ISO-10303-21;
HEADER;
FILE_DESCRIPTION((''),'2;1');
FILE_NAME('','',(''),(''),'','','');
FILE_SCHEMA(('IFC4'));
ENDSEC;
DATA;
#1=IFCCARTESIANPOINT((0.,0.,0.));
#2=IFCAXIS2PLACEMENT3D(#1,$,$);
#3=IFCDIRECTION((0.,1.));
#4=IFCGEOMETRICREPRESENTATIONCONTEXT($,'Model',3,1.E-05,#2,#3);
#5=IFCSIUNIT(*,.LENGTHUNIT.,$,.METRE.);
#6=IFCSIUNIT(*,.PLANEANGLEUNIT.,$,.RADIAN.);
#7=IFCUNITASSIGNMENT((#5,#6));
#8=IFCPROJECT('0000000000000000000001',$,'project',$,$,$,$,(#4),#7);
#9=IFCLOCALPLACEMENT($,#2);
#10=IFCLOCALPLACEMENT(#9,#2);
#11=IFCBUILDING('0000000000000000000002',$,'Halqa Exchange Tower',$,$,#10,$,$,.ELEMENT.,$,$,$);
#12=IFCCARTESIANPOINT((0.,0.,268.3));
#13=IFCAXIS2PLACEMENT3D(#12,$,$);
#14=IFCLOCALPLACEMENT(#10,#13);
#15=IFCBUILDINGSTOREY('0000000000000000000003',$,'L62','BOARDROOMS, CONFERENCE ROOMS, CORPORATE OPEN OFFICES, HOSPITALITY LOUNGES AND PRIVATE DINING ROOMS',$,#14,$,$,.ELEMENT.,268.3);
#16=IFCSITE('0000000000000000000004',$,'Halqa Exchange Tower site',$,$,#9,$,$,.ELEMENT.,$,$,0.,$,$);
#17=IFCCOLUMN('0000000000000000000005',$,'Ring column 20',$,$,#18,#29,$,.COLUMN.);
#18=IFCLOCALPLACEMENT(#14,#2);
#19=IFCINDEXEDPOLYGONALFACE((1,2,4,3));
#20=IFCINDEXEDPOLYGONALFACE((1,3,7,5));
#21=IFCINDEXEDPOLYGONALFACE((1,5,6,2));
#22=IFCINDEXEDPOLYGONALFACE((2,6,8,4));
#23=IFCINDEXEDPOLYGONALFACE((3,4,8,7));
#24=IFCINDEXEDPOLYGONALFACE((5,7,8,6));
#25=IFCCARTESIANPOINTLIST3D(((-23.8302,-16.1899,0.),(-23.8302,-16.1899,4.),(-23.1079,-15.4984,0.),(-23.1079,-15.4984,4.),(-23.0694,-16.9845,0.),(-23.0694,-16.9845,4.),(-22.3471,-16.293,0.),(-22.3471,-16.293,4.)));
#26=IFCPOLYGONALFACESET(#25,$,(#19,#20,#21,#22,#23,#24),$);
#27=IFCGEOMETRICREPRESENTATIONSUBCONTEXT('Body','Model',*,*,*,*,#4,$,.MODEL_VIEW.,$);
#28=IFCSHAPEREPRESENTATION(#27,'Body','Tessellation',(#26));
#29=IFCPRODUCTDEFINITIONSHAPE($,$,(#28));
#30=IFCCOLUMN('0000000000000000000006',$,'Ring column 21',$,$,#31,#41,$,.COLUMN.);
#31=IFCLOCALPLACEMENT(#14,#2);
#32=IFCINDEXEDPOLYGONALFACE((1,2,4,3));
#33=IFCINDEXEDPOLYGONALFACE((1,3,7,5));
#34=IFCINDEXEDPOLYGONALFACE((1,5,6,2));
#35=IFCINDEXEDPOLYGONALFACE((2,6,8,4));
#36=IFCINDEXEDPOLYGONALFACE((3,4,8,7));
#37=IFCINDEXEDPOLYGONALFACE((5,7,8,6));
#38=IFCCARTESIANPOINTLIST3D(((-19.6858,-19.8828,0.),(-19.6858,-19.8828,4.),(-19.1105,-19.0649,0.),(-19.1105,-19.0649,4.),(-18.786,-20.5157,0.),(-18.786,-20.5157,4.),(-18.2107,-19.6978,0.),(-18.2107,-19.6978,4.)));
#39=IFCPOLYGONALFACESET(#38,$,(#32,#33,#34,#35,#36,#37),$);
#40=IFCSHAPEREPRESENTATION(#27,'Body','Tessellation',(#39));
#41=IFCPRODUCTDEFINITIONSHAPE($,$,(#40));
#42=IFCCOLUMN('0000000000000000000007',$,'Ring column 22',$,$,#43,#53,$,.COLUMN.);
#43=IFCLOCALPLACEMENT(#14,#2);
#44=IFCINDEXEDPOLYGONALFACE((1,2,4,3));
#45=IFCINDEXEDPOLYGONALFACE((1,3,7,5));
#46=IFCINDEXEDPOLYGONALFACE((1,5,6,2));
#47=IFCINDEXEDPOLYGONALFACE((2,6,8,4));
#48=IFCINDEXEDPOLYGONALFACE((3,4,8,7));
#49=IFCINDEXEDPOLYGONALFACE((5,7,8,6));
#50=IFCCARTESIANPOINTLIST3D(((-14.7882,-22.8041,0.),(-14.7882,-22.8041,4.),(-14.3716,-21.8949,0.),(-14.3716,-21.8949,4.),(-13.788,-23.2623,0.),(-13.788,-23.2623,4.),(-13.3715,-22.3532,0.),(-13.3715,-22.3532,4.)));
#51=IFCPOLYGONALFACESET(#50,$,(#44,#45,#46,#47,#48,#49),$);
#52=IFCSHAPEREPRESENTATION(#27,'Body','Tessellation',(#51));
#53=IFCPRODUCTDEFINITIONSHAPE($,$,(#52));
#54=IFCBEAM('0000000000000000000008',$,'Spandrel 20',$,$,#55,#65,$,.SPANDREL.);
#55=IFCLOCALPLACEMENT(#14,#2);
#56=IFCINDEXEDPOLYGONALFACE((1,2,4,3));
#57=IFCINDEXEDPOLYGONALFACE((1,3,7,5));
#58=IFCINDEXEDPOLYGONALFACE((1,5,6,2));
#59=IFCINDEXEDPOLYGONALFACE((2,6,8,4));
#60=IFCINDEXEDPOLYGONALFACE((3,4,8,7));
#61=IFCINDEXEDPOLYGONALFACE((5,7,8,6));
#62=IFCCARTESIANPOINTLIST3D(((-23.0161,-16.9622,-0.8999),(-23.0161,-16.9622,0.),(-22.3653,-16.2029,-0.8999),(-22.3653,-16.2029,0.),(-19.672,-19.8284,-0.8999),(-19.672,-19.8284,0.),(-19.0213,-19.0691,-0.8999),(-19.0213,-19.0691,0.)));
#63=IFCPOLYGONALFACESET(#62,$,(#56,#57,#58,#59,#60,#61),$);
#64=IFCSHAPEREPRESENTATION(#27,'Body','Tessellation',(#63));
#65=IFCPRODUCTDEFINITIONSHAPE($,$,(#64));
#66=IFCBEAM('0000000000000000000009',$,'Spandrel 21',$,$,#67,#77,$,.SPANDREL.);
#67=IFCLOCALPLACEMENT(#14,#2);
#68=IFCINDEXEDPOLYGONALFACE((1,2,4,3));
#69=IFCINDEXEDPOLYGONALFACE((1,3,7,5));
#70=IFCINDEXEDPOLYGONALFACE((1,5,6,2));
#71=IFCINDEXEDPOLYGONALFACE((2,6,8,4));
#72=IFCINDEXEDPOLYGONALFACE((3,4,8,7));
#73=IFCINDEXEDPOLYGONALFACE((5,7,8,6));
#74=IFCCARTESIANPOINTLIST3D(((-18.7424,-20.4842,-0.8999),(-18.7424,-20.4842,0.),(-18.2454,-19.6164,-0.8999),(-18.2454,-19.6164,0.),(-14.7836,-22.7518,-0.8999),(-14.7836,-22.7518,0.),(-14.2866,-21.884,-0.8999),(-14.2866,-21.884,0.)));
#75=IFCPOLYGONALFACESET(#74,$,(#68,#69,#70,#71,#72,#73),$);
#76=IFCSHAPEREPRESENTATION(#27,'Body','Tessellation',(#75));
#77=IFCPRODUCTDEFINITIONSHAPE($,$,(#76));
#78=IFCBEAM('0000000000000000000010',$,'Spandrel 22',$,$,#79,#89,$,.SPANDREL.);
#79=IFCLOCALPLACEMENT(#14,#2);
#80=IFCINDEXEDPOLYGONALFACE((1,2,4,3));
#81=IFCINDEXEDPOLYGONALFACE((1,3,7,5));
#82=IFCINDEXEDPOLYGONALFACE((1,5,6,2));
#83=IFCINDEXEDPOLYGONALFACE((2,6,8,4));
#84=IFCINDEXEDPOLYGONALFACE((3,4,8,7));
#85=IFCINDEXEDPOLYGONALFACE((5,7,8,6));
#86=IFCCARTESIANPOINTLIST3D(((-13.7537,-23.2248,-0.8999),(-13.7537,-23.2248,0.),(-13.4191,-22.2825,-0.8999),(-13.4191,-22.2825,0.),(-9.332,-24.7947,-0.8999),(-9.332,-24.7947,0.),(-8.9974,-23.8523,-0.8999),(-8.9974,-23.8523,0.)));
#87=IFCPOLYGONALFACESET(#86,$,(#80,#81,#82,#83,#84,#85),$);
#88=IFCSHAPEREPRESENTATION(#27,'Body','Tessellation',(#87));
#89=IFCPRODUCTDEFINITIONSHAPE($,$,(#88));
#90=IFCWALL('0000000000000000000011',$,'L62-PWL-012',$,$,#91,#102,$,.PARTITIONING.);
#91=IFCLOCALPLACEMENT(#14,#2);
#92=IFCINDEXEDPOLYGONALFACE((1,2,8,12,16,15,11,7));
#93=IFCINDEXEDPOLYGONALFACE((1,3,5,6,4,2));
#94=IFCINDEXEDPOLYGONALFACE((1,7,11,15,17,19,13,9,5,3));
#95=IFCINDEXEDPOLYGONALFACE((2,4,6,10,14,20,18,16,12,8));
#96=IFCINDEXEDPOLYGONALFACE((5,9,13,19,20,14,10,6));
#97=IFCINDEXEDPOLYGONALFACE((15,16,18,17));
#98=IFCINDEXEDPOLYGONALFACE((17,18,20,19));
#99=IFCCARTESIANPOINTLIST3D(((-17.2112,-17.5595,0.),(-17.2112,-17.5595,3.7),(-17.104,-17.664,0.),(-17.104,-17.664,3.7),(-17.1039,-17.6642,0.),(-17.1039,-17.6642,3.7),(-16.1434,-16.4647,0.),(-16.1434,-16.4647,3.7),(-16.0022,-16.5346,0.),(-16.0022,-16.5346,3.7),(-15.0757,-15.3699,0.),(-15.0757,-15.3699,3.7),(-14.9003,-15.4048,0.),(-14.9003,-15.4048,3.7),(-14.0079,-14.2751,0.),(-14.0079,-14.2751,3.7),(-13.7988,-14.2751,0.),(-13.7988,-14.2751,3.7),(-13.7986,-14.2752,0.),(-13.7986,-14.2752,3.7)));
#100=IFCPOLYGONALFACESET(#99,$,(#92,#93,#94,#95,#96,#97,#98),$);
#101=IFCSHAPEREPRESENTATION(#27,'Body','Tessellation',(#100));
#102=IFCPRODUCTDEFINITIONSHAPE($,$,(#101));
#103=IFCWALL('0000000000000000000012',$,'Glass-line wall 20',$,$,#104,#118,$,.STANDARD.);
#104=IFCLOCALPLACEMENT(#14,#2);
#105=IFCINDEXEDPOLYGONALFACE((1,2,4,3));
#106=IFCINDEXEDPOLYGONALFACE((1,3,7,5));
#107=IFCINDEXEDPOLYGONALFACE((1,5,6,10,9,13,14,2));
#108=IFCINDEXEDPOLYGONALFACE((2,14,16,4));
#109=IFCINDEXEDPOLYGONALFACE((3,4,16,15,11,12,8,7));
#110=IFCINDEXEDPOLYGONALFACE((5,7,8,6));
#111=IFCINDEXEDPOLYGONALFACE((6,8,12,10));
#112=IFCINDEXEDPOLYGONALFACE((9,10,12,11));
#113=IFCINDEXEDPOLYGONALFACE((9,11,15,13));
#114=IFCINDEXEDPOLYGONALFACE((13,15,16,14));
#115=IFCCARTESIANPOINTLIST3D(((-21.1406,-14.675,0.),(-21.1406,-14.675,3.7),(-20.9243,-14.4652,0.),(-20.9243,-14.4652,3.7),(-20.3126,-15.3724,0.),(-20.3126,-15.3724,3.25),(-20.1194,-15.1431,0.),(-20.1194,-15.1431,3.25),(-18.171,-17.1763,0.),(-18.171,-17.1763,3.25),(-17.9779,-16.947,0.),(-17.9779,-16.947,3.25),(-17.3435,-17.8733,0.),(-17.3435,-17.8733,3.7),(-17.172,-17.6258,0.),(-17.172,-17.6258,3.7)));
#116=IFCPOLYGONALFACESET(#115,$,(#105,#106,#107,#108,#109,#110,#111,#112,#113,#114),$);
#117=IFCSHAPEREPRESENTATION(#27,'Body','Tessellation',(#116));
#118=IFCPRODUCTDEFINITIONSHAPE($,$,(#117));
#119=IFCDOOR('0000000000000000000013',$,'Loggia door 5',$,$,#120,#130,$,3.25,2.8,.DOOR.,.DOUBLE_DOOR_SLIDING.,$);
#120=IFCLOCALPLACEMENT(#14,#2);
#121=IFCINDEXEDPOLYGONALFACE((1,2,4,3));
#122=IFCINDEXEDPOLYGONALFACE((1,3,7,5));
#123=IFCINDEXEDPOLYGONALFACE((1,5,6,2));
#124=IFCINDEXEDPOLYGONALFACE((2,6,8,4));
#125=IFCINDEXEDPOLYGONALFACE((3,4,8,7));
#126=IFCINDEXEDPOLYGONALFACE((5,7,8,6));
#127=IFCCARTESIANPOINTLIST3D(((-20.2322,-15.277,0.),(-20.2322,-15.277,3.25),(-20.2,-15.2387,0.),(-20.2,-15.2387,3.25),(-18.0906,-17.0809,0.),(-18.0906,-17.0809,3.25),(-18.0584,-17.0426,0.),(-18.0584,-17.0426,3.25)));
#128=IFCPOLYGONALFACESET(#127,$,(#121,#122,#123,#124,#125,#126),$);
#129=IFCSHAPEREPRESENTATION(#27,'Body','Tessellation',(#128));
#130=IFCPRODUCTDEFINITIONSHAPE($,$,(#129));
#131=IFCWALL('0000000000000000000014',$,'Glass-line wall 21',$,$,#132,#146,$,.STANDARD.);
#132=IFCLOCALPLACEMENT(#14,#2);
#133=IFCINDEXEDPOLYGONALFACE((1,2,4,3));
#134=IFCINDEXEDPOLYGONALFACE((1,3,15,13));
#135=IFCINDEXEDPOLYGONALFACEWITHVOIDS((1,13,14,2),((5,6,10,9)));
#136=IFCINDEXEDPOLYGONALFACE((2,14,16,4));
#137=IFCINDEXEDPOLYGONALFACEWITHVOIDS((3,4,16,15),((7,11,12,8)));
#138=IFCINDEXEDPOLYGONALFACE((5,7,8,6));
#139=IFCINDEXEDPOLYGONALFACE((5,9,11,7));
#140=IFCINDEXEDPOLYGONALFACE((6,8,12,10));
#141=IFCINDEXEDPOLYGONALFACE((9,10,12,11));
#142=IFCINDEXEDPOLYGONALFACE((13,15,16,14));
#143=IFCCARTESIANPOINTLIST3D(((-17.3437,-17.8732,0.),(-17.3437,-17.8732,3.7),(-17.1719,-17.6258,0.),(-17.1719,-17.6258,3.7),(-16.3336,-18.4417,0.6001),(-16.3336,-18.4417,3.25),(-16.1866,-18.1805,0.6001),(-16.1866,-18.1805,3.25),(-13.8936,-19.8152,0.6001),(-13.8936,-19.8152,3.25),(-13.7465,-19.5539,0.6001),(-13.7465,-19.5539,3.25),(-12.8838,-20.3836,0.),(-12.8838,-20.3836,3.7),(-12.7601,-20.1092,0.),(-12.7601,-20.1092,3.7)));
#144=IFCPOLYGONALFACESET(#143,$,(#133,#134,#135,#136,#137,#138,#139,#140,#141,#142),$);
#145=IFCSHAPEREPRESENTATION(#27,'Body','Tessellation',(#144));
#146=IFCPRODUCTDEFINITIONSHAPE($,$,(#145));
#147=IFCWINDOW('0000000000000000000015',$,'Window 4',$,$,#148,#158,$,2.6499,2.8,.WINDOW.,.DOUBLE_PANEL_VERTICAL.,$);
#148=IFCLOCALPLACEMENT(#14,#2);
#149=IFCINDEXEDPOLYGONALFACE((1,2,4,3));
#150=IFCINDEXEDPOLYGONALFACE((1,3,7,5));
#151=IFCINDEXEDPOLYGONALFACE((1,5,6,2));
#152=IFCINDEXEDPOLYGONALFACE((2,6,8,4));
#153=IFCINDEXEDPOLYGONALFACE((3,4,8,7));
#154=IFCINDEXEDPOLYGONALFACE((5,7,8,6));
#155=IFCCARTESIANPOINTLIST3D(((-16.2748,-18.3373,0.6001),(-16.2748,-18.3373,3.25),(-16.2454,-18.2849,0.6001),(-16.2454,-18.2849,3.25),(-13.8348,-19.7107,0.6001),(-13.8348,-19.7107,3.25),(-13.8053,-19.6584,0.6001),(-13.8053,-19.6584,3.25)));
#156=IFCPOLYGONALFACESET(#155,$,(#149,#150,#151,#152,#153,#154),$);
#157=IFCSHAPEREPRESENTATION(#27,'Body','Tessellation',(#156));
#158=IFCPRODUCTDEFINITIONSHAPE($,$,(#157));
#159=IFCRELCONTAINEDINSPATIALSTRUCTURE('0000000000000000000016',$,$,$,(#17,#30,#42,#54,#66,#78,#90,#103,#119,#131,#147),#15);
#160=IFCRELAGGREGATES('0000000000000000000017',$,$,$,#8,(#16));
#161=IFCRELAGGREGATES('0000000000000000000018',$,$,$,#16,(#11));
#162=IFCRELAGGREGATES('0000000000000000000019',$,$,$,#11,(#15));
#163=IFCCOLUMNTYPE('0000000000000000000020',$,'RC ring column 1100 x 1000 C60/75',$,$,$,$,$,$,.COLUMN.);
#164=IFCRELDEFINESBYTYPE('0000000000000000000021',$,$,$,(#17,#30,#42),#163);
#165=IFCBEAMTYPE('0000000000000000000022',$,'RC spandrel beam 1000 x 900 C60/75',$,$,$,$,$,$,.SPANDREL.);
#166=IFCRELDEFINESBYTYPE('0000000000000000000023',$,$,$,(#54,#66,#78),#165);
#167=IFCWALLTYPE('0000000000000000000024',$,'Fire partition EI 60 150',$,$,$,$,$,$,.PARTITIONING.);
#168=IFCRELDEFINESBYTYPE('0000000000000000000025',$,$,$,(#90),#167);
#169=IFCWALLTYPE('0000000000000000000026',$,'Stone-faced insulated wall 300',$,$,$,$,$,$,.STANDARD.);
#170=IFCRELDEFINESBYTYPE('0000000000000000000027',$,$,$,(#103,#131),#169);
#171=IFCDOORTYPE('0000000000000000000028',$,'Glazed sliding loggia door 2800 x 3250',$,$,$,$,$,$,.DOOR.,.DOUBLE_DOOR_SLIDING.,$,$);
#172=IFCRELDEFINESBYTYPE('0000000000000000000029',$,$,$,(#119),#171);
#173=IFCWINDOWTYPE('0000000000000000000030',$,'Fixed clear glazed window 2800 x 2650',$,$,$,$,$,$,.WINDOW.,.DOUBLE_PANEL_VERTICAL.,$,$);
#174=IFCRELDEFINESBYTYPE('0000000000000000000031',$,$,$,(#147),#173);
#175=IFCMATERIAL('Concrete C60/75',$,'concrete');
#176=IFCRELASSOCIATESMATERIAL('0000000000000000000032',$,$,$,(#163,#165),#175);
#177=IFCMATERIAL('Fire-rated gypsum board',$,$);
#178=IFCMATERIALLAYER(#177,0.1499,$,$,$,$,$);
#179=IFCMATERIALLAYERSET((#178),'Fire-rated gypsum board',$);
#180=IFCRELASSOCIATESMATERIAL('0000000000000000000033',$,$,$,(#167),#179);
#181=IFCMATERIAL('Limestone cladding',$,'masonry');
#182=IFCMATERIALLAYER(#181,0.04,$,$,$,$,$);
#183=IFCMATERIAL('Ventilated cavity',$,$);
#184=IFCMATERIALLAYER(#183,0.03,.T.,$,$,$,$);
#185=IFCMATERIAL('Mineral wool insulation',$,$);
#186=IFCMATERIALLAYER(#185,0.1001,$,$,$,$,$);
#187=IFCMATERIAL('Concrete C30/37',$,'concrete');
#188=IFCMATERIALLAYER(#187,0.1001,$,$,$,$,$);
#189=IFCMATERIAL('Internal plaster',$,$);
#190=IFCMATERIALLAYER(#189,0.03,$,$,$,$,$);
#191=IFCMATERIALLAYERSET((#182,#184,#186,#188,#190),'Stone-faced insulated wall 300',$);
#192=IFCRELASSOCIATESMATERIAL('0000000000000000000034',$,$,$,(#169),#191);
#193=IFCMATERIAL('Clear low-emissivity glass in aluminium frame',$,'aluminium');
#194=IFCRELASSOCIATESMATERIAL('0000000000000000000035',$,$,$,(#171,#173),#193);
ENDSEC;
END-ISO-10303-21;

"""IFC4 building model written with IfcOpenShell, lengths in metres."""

from ifc_helpers import new_model, si_unit, direction, frame, frame_2d, origin, origin_2d, place, context, subcontext, project, spatial, polyline, rectangle, outline, extrude, material, layer, layer_set, material_profile, profile_set, type_object, element, fill, save


model = new_model("IFC4")

# Units and contexts
model_context = context("Model", 3, precision=1e-05, world=origin(), true_north=direction((0.0, 1.0)))
body_context = subcontext(model_context, "Body", "Model", "MODEL_VIEW")
ifc_project = project(units=[si_unit("LENGTHUNIT", "METRE"), si_unit("PLANEANGLEUNIT", "RADIAN")], contexts=[model_context])

# Site, building, storey
site_placement = place(None, origin())
site = spatial("IfcSite", under=ifc_project, at=site_placement, Name="Halqa Exchange Tower site", CompositionType="ELEMENT", RefElevation=0.0)
building_placement = place(site_placement, origin())
building = spatial("IfcBuilding", under=site, at=building_placement, Name="Halqa Exchange Tower", CompositionType="ELEMENT")
storey_placement = place(building_placement, frame((0.0, 0.0, 268.3)))
storey = spatial("IfcBuildingStorey", under=building, at=storey_placement, Name="L62", Description="BOARDROOMS, CONFERENCE ROOMS, CORPORATE OPEN OFFICES, HOSPITALITY LOUNGES AND PRIVATE DINING ROOMS", CompositionType="ELEMENT", Elevation=268.3)

# Columns
ifc_material_1 = material(Name="Concrete C60/75", Category="concrete")
ifc_material_profile_1 = material_profile(ifc_material_1, rectangle(XDim=1.1001, YDim=1.0, at=origin_2d()), Name="1100 x 1000")
ifc_profile_set_1 = profile_set([ifc_material_profile_1], Name="Concrete C60/75")
column_type = type_object("IfcColumnType", Name="RC ring column 1100 x 1000 C60/75", PredefinedType="COLUMN", material=ifc_profile_set_1)
for number, where, z_axis, x_axis, name in (
    (1, (-23.0886, -16.2415, 0.0), (0.0, 0.0, 1.0), (0.69158, -0.7223, 0.0), "Ring column 20"),
    (2, (-18.9482, -19.7903, 0.0), (0.0, 0.0, 1.0), (0.817907, -0.575351, 0.0), "Ring column 21"),
    (3, (-14.0798, -22.5786, 0.0), (0.0, 0.0, 1.0), (0.909127, -0.416519, 0.0), "Ring column 22"),
):
    element("IfcColumn", number, at=place(storey_placement, frame(where, z_axis=z_axis, x_axis=x_axis)), inside=storey, type_object=column_type, Name=name, PredefinedType="COLUMN", context=body_context, shape_type="SweptSolid", body=[
        extrude(rectangle(XDim=1.1001, YDim=1.0, at=origin_2d()), origin(), (0.0, 0.0, 1.0), 4.0),
    ])

# Beams
ifc_material_profile_2 = material_profile(ifc_material_1, rectangle(XDim=1.0, YDim=0.8999, at=origin_2d()), Name="1000 x 900")
ifc_profile_set_2 = profile_set([ifc_material_profile_2], Name="Concrete C60/75")
beam_type = type_object("IfcBeamType", Name="RC spandrel beam 1000 x 900 C60/75", PredefinedType="SPANDREL", material=ifc_profile_set_2)
beam_1_placement = place(storey_placement, frame((-22.6907, -16.5825, -0.45), z_axis=(0.759264, -0.650782, 0.0), x_axis=(0.650782, 0.759264, 0.0)))
element("IfcBeam", 4, at=beam_1_placement, inside=storey, type_object=beam_type, Name="Spandrel 20", PredefinedType="SPANDREL", context=body_context, shape_type="SweptSolid", body=[
    extrude(rectangle(XDim=1.0, YDim=0.8999, at=origin_2d()), origin(), (0.0, 0.0, 1.0), 4.4043),
])
beam_2_placement = place(storey_placement, frame((-18.4939, -20.0503, -0.45), z_axis=(0.867729, -0.497038, 0.0), x_axis=(0.497038, 0.867729, 0.0)))
element("IfcBeam", 5, at=beam_2_placement, inside=storey, type_object=beam_type, Name="Spandrel 21", PredefinedType="SPANDREL", context=body_context, shape_type="SweptSolid", body=[
    extrude(rectangle(XDim=1.0, YDim=0.8999, at=origin_2d()), origin(), (0.0, 0.0, 1.0), 4.5623),
])
beam_3_placement = place(storey_placement, frame((-13.5864, -22.7537, -0.45), z_axis=(0.94237, -0.334572, 0.0), x_axis=(0.334572, 0.94237, 0.0)))
element("IfcBeam", 6, at=beam_3_placement, inside=storey, type_object=beam_type, Name="Spandrel 22", PredefinedType="SPANDREL", context=body_context, shape_type="SweptSolid", body=[
    extrude(rectangle(XDim=1.0, YDim=0.8999, at=origin_2d()), origin(), (0.0, 0.0, 1.0), 4.6921),
])

# Shared definitions
ifc_material_2 = material(Name="Fire-rated gypsum board")
ifc_layer_1 = layer(ifc_material_2, 0.1499)
ifc_layer_set_1 = layer_set([ifc_layer_1], Name="Fire-rated gypsum board")
wall_type_1 = type_object("IfcWallType", Name="Fire partition EI 60 150", PredefinedType="PARTITIONING", material=ifc_layer_set_1)

# Wall
wall_1_placement = place(storey_placement, frame((-13.8523, -14.2229, 0.0), z_axis=(0.0, 0.0, 1.0), x_axis=(-0.698207, -0.715896, 0.0)))
element("IfcWall", 7, at=wall_1_placement, inside=storey, type_object=wall_type_1, Name="L62-PWL-012", PredefinedType="PARTITIONING", context=body_context, shape_type="SweptSolid", body=[
    extrude(outline(polyline([(4.7339, -0.075), (4.7339, 0.0747), (4.7339, 0.075), (3.156, 0.075), (1.5779, 0.075), (0.0, 0.075), (0.0, 0.0747), (0.146, -0.075), (1.6753, -0.075), (3.2046, -0.075), (4.7339, -0.075)])), origin(), (0.0, 0.0, 1.0), 3.7),
])

# Wall, opening, door
ifc_material_3 = material(Name="Limestone cladding", Category="masonry")
ifc_layer_2 = layer(ifc_material_3, 0.04)
ifc_material_4 = material(Name="Ventilated cavity")
ifc_layer_3 = layer(ifc_material_4, 0.03, ventilated=True)
ifc_material_5 = material(Name="Mineral wool insulation")
ifc_layer_4 = layer(ifc_material_5, 0.1001)
ifc_material_6 = material(Name="Concrete C30/37", Category="concrete")
ifc_layer_5 = layer(ifc_material_6, 0.1001)
ifc_material_7 = material(Name="Internal plaster")
ifc_layer_6 = layer(ifc_material_7, 0.03)
ifc_layer_set_2 = layer_set([ifc_layer_2, ifc_layer_3, ifc_layer_4, ifc_layer_5, ifc_layer_6], Name="Stone-faced insulated wall 300")
wall_type_2 = type_object("IfcWallType", Name="Stone-faced insulated wall 300", PredefinedType="STANDARD", material=ifc_layer_set_2)
wall_2_placement = place(storey_placement, frame((-21.0325, -14.5701, 0.0), z_axis=(0.0, 0.0, 1.0), x_axis=(0.764833, -0.644229, 0.0)))
wall_2 = element("IfcWall", 8, at=wall_2_placement, inside=storey, type_object=wall_type_2, Name="Glass-line wall 20", PredefinedType="STANDARD", context=body_context, shape_type="SweptSolid", body=[
    extrude(outline(polyline([(-0.0151, -0.1499), (4.9495, -0.1499), (4.9211, 0.1499), (0.0151, 0.1499), (-0.0151, -0.1499)])), origin(), (0.0, 0.0, 1.0), 3.7),
])
opening_1_placement = place(wall_2_placement, frame((1.0676, 0.0, 0.0)))
opening_1 = element("IfcOpeningElement", 9, at=opening_1_placement, cuts=wall_2, PredefinedType="OPENING", context=body_context, shape_type="SweptSolid", body=[
    extrude(rectangle(XDim=2.8, YDim=3.25, at=frame_2d((1.3999, 1.625))), frame((0.0, 0.1621, 0.0), z_axis=(0.0, -1.0, 0.0), x_axis=(1.0, 0.0, 0.0)), (0.0, 0.0, 1.0), 0.324),
])
ifc_material_8 = material(Name="Clear low-emissivity glass in aluminium frame", Category="aluminium")
door_type_1 = type_object("IfcDoorType", Name="Glazed sliding loggia door 2800 x 3250", OperationType="DOUBLE_DOOR_SLIDING", PredefinedType="DOOR", material=ifc_material_8)
door_1_placement = place(opening_1_placement, origin())
door_1 = element("IfcDoor", 10, at=door_1_placement, inside=storey, type_object=door_type_1, Name="Loggia door 5", OperationType="DOUBLE_DOOR_SLIDING", OverallHeight=3.25, OverallWidth=2.8, PredefinedType="DOOR", context=body_context, shape_type="SweptSolid", body=[
    extrude(rectangle(XDim=2.8, YDim=3.25, at=frame_2d((1.3999, 1.625))), frame((0.0, 0.0249, 0.0), z_axis=(0.0, -1.0, 0.0), x_axis=(1.0, 0.0, 0.0)), (0.0, 0.0, 1.0), 0.05),
])
fill(opening_1, door_1)

# Wall, opening, window
wall_3_placement = place(storey_placement, frame((-17.2578, -17.7495, 0.0), z_axis=(0.0, 0.0, 1.0), x_axis=(0.871433, -0.490514, 0.0)))
wall_3 = element("IfcWall", 11, at=wall_3_placement, inside=storey, type_object=wall_type_2, Name="Glass-line wall 21", PredefinedType="STANDARD", context=body_context, shape_type="SweptSolid", body=[
    extrude(outline(polyline([(-0.0142, -0.1499), (5.1038, -0.1499), (5.0769, 0.1499), (0.0142, 0.1499), (-0.0142, -0.1499)])), origin(), (0.0, 0.0, 1.0), 3.7),
])
opening_2_placement = place(wall_3_placement, frame((1.145, 0.0, 0.6001)))
opening_2 = element("IfcOpeningElement", 12, at=opening_2_placement, cuts=wall_3, PredefinedType="OPENING", context=body_context, shape_type="SweptSolid", body=[
    extrude(rectangle(XDim=2.8, YDim=2.6499, at=frame_2d((1.3999, 1.325))), frame((0.0, 0.1621, 0.0), z_axis=(0.0, -1.0, 0.0), x_axis=(1.0, 0.0, 0.0)), (0.0, 0.0, 1.0), 0.324),
])
window_type = type_object("IfcWindowType", Name="Fixed clear glazed window 2800 x 2650", PartitioningType="DOUBLE_PANEL_VERTICAL", PredefinedType="WINDOW", material=ifc_material_8)
window_1_placement = place(opening_2_placement, origin())
window_1 = element("IfcWindow", 13, at=window_1_placement, inside=storey, type_object=window_type, Name="Window 4", OverallHeight=2.6499, OverallWidth=2.8, PartitioningType="DOUBLE_PANEL_VERTICAL", PredefinedType="WINDOW", context=body_context, shape_type="SweptSolid", body=[
    extrude(rectangle(XDim=2.8, YDim=2.6499, at=frame_2d((1.3999, 1.325))), frame((0.0, 0.03, 0.0), z_axis=(0.0, -1.0, 0.0), x_axis=(1.0, 0.0, 0.0)), (0.0, 0.0, 1.0), 0.0601),
])
fill(opening_2, window_1)

save(model, "model.ifc")
